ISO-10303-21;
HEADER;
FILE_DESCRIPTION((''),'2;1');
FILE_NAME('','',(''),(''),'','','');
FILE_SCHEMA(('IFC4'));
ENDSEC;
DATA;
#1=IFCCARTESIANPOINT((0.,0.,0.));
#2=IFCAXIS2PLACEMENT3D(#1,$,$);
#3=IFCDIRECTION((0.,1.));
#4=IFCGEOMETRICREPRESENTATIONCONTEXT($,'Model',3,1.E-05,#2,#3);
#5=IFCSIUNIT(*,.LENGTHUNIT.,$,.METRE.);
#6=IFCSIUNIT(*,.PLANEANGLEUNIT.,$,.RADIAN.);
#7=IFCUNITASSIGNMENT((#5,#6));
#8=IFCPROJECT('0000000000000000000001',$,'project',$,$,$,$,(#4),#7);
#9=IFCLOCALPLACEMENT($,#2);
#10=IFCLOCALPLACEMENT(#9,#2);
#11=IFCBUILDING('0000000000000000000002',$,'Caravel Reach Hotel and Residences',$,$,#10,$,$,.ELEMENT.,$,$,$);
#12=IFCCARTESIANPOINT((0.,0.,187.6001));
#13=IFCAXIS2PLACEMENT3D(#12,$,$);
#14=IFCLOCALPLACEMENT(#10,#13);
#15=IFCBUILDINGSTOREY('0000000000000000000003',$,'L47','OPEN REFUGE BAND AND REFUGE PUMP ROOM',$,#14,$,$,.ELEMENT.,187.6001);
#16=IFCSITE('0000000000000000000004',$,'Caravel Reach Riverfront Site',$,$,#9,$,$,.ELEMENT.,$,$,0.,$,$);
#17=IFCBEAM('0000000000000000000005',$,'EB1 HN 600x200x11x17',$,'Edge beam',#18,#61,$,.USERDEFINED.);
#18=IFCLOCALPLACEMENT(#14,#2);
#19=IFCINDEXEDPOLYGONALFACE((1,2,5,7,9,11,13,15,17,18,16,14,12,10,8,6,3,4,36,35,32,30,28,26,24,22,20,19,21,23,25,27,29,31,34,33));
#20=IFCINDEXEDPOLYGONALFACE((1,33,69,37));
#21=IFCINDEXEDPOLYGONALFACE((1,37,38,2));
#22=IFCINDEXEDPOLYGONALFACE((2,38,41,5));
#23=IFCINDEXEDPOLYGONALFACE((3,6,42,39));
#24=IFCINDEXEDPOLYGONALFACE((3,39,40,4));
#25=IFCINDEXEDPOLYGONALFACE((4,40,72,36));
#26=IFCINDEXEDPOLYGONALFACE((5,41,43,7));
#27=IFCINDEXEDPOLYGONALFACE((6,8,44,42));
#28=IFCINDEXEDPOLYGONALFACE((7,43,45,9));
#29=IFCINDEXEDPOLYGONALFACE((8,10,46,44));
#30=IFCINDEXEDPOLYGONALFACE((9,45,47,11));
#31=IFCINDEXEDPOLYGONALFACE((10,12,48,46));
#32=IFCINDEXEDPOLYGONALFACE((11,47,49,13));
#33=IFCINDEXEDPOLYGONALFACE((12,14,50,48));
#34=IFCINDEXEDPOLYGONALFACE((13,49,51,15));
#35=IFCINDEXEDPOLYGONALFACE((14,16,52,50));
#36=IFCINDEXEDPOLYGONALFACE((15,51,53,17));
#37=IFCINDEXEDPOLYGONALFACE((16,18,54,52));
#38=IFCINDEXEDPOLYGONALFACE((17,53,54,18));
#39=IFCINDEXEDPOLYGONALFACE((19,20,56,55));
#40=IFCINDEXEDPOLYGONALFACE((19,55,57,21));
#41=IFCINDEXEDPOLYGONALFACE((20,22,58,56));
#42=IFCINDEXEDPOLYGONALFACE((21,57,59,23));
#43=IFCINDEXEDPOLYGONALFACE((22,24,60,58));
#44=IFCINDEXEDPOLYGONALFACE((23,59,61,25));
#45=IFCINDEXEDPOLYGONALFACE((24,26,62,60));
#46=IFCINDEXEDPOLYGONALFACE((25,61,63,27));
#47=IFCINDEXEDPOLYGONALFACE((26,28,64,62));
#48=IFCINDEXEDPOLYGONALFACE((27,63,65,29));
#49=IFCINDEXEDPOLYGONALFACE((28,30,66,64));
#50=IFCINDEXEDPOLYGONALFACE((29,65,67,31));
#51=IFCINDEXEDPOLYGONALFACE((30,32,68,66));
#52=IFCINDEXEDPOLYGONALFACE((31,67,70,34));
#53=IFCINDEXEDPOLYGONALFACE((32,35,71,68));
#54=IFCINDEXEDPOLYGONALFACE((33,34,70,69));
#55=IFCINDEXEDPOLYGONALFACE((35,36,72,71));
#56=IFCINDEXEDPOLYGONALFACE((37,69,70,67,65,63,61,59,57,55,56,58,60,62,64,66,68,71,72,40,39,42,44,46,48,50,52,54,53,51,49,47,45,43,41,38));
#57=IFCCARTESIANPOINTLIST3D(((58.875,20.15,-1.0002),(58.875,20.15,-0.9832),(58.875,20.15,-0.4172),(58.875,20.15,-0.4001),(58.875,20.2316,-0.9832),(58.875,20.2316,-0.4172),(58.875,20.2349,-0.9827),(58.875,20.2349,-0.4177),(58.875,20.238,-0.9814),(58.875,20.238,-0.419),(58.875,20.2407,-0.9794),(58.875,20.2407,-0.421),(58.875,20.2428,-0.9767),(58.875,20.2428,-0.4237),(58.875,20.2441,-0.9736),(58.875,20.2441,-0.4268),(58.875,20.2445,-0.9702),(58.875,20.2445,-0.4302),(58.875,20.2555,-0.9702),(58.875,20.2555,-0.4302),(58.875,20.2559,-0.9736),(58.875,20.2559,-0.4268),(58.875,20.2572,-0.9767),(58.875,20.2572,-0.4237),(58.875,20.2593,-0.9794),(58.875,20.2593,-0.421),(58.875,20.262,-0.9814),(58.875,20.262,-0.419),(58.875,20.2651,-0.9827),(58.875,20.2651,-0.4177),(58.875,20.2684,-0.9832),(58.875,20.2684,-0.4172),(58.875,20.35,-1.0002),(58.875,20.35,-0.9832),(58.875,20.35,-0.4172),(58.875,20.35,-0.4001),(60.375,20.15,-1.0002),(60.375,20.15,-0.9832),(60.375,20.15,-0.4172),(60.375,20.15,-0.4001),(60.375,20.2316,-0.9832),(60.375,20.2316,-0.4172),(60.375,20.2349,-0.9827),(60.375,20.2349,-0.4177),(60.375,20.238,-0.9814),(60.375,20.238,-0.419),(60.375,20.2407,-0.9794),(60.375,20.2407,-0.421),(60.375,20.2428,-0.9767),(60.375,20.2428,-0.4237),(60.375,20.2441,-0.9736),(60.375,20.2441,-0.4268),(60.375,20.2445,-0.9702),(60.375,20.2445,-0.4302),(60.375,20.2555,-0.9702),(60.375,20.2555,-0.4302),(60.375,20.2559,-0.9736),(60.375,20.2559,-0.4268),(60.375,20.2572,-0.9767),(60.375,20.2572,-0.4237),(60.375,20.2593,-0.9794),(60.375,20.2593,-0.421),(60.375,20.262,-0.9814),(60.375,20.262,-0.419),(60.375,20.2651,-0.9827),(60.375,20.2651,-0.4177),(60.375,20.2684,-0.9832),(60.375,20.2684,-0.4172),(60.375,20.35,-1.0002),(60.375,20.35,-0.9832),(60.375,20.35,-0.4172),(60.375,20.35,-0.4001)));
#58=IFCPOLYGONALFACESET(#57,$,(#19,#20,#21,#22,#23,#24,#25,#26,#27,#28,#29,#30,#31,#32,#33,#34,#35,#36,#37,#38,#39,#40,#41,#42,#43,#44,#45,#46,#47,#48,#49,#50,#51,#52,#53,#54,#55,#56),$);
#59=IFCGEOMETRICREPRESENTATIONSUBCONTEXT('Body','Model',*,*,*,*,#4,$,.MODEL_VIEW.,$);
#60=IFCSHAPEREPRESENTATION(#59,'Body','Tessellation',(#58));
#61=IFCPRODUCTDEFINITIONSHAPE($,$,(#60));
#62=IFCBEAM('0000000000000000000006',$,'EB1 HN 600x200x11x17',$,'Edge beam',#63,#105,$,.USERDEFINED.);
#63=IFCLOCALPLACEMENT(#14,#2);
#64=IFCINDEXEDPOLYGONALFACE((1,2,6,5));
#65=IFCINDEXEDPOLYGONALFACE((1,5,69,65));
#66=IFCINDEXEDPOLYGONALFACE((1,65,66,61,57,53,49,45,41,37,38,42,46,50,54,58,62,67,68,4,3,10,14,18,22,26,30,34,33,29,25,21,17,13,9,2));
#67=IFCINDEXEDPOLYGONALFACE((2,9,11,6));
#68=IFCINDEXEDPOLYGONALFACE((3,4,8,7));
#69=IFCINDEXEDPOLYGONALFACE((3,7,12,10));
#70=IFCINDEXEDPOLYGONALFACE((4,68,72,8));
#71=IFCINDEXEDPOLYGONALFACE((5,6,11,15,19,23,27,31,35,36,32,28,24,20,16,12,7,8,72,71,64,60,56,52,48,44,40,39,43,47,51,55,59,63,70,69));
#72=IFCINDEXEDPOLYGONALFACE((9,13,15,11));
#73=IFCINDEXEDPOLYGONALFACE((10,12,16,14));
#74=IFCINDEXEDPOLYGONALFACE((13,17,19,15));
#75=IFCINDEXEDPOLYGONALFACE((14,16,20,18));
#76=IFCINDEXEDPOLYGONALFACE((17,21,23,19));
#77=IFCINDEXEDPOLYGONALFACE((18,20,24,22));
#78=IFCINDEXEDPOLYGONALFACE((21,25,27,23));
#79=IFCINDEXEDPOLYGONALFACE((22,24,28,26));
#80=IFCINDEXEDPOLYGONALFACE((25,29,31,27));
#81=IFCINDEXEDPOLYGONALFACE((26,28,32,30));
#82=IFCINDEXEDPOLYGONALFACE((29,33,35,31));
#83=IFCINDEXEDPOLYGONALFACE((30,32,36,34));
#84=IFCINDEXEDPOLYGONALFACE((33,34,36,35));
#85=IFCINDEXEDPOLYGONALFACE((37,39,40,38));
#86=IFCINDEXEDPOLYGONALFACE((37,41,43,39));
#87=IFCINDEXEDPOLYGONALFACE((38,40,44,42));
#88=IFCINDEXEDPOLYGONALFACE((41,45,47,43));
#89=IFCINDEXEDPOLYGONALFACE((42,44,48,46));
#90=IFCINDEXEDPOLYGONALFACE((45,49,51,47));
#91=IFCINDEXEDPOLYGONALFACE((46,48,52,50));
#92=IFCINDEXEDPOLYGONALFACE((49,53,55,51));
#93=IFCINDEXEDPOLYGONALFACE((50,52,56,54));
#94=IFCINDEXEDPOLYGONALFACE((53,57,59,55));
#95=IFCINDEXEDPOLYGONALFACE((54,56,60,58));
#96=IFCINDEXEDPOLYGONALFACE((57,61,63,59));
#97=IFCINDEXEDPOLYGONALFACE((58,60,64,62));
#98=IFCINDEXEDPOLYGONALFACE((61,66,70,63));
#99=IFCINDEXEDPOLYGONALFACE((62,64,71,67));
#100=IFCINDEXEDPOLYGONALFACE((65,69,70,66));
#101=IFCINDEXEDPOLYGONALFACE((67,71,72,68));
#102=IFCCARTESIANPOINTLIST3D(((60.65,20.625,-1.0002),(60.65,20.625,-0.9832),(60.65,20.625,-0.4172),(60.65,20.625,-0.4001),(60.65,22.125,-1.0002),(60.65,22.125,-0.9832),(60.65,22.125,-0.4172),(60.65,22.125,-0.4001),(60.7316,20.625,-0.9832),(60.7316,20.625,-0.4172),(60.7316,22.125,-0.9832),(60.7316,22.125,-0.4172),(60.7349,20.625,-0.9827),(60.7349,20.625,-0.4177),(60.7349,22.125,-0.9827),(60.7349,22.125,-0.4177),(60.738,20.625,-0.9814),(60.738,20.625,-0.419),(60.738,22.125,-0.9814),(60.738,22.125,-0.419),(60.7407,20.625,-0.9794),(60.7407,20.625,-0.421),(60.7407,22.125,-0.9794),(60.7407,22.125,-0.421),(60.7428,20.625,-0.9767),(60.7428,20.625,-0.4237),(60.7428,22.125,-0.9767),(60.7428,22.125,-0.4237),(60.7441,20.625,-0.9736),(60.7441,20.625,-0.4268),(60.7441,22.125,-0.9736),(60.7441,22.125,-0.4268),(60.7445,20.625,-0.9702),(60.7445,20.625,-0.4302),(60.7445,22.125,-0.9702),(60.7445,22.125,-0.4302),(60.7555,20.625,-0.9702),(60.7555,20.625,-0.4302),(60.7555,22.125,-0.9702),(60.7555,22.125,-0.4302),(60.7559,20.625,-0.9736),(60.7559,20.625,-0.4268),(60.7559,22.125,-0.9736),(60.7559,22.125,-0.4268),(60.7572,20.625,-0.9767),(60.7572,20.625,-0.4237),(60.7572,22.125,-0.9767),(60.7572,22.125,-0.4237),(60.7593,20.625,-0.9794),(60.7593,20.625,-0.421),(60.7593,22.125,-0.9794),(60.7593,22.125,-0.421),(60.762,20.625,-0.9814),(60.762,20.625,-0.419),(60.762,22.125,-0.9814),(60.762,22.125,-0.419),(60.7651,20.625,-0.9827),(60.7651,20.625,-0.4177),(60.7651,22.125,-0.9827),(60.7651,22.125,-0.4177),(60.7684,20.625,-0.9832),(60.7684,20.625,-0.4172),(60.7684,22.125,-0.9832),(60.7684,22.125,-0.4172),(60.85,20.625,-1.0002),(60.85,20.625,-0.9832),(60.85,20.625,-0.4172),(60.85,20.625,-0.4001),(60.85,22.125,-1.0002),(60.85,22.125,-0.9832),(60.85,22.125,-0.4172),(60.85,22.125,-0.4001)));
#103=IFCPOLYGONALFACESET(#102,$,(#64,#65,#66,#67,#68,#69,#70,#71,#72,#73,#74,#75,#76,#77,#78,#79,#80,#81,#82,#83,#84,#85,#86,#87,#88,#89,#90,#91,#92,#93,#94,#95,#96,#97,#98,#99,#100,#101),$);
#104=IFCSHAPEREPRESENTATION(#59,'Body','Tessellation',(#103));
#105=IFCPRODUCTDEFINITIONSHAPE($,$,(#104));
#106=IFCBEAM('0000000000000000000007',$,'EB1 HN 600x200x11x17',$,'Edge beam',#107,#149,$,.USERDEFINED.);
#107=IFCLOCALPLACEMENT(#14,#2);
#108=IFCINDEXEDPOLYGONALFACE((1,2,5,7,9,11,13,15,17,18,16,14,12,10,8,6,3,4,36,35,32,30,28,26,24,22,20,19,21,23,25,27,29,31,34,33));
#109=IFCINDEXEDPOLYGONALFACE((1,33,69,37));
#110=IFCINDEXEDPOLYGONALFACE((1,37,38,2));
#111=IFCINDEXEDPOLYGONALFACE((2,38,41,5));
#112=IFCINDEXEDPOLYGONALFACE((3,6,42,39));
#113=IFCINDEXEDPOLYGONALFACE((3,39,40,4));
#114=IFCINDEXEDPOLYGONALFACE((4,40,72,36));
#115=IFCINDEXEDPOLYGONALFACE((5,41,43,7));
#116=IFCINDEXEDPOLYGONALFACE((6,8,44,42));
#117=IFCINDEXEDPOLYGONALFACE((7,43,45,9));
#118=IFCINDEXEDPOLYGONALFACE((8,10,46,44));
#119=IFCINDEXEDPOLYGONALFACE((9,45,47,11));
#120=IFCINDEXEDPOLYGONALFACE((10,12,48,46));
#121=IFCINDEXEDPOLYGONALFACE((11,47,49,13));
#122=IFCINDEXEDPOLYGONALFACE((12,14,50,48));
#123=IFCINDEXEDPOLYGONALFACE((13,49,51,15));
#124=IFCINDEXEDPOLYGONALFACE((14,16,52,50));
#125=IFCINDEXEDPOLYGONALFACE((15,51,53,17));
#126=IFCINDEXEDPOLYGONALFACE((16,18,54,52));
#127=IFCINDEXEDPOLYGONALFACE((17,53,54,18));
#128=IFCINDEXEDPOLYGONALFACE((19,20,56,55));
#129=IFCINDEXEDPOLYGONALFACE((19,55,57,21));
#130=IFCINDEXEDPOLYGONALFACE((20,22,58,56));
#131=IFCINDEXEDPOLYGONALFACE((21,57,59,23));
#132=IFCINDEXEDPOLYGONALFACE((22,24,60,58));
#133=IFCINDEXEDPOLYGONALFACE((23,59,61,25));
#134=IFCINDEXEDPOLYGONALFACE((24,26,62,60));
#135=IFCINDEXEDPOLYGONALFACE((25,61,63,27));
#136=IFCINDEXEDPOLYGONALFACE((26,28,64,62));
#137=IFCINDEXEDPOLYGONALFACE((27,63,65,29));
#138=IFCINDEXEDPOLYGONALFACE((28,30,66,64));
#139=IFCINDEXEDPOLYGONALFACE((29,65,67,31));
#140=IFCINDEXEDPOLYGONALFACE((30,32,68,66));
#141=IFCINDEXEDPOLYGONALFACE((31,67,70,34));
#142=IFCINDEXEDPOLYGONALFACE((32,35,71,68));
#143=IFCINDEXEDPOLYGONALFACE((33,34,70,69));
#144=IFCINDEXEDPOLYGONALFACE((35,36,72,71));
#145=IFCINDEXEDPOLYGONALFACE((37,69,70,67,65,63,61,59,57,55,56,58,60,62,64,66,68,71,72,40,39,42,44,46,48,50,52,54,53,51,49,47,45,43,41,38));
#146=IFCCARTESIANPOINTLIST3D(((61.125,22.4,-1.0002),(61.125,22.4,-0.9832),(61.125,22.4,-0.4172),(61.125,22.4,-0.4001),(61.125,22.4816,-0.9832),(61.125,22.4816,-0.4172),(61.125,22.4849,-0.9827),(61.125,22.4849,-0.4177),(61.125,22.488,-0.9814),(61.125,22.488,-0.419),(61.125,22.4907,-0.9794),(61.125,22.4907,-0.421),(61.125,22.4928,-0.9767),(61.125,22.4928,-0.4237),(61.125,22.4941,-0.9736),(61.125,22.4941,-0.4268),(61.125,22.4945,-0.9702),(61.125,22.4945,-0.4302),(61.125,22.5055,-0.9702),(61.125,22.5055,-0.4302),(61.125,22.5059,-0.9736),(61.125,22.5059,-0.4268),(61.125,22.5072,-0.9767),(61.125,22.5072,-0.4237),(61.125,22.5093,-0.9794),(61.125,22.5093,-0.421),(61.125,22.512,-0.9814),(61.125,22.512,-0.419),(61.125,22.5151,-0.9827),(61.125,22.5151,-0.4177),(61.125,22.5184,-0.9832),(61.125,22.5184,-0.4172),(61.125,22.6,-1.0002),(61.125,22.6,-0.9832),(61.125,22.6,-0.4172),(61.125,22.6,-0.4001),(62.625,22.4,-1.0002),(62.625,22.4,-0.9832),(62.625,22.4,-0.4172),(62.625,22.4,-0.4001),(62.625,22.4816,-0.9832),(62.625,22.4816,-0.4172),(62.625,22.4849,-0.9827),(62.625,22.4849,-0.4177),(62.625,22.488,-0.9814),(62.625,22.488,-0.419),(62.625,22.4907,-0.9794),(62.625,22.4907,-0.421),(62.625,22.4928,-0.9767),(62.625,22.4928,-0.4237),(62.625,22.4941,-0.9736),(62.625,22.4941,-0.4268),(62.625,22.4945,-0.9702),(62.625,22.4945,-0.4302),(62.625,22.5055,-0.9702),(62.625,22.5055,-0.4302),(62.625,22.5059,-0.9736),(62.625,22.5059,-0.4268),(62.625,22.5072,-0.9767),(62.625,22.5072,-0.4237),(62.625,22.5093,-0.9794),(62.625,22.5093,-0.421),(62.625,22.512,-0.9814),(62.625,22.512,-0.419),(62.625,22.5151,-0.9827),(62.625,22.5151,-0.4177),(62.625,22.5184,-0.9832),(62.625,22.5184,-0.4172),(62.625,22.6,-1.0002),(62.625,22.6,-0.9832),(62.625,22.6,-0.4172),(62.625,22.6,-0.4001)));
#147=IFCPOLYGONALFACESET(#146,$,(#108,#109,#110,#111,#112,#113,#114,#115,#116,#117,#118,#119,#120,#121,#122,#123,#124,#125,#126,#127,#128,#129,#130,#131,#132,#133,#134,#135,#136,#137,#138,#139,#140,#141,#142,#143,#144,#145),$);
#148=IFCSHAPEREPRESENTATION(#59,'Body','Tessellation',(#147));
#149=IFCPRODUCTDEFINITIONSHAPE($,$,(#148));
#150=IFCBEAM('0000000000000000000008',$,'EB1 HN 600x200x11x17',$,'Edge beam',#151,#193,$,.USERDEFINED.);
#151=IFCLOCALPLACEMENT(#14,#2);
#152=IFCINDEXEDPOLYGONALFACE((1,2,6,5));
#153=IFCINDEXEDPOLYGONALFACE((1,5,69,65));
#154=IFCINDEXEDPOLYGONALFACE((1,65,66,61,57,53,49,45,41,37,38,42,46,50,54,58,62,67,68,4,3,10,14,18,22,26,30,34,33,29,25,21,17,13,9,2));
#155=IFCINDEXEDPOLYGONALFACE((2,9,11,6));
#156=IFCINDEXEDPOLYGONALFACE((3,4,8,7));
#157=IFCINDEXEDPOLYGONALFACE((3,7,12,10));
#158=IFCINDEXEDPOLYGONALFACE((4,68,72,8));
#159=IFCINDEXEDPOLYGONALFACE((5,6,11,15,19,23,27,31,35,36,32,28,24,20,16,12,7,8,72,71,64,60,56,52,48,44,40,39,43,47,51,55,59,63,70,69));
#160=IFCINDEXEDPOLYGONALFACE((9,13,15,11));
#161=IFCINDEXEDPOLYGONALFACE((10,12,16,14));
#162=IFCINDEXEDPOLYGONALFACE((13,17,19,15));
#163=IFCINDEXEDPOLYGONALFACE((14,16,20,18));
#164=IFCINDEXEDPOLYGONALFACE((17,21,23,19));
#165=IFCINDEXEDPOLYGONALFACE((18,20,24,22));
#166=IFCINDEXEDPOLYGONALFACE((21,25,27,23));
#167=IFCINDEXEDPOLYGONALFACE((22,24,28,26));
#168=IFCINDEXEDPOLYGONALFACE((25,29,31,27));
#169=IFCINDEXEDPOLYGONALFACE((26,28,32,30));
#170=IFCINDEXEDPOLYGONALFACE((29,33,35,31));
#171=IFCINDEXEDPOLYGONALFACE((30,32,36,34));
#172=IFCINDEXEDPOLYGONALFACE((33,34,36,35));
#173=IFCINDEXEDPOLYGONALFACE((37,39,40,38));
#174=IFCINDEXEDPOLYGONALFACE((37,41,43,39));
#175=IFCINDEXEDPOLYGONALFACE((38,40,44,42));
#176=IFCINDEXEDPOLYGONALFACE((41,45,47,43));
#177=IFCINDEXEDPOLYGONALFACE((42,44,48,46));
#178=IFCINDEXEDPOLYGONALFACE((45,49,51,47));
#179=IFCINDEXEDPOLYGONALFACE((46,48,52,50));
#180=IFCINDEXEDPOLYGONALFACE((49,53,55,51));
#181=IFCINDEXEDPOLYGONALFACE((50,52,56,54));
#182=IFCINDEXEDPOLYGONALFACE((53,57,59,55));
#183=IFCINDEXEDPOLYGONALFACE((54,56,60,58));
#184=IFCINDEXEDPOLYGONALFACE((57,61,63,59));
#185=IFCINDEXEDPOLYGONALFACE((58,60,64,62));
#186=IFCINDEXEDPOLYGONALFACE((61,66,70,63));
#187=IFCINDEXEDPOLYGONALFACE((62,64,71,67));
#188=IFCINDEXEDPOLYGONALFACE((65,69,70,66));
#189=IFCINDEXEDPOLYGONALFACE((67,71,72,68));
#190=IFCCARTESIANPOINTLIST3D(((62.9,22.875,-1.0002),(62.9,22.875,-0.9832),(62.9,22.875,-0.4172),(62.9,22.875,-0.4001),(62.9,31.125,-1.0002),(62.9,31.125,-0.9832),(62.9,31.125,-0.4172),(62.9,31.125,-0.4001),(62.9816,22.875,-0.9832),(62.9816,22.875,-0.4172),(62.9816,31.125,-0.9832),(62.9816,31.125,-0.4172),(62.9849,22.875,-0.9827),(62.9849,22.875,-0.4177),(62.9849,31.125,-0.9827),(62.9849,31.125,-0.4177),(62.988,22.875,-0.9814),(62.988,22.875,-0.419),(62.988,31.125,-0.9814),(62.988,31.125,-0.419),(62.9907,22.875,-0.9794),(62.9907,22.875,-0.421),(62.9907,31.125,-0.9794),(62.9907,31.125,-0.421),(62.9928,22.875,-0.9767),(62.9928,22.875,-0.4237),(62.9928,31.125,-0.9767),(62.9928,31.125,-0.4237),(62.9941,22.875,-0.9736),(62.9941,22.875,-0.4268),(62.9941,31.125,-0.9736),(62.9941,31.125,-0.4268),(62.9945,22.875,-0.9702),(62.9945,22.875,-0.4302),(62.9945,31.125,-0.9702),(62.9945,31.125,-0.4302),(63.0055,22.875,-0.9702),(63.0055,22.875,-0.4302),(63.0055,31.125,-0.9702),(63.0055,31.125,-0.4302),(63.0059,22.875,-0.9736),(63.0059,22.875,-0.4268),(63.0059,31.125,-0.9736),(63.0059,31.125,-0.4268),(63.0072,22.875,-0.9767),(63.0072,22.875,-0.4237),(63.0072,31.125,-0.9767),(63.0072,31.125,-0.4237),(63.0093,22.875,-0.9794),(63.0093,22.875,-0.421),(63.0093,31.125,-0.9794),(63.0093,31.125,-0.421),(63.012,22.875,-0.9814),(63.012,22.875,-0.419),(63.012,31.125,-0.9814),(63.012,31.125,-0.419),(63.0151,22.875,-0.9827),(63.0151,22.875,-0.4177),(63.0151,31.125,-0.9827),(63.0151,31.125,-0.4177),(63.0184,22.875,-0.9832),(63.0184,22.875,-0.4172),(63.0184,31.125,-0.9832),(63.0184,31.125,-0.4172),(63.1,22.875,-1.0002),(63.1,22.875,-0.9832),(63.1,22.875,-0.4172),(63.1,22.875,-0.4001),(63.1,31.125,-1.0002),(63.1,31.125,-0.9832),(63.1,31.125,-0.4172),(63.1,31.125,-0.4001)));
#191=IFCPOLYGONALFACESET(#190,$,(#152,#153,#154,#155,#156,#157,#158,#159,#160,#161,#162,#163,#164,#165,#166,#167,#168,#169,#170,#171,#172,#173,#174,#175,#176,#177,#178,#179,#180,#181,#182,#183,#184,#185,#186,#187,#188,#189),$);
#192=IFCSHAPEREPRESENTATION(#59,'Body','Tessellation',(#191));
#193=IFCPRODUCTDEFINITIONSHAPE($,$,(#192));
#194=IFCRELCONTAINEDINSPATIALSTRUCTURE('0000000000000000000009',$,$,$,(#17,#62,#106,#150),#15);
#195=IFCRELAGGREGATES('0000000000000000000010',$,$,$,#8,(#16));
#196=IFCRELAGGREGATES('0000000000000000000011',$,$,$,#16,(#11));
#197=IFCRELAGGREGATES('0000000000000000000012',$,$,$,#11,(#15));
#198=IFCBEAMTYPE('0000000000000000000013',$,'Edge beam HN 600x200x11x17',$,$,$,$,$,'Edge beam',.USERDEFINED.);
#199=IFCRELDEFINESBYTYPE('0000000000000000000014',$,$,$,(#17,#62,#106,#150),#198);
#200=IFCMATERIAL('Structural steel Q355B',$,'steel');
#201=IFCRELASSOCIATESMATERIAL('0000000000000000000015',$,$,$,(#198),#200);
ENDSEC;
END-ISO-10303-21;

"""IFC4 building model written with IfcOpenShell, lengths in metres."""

from ifc_helpers import new_model, si_unit, direction, frame, origin, origin_2d, place, context, subcontext, project, spatial, i_section, extrude, material, material_profile, profile_set, type_object, element, save


model = new_model("IFC4")

# Units and contexts
model_context = context("Model", 3, precision=1e-05, world=origin(), true_north=direction((0.0, 1.0)))
body_context = subcontext(model_context, "Body", "Model", "MODEL_VIEW")
ifc_project = project(units=[si_unit("LENGTHUNIT", "METRE"), si_unit("PLANEANGLEUNIT", "RADIAN")], contexts=[model_context])

# Site, building, storey
site_placement = place(None, origin())
site = spatial("IfcSite", under=ifc_project, at=site_placement, Name="Caravel Reach Riverfront Site", CompositionType="ELEMENT", RefElevation=0.0)
building_placement = place(site_placement, origin())
building = spatial("IfcBuilding", under=site, at=building_placement, Name="Caravel Reach Hotel and Residences", CompositionType="ELEMENT")
storey_placement = place(building_placement, frame((0.0, 0.0, 187.6001)))
storey = spatial("IfcBuildingStorey", under=building, at=storey_placement, Name="L47", Description="OPEN REFUGE BAND AND REFUGE PUMP ROOM", CompositionType="ELEMENT", Elevation=187.6001)

# Beams
ifc_material_1 = material(Name="Structural steel Q355B", Category="steel")
ifc_material_profile_1 = material_profile(ifc_material_1, i_section(OverallWidth=0.2, OverallDepth=0.6001, WebThickness=0.011, FlangeThickness=0.0171, FilletRadius=0.0129, at=origin_2d()), Name="HN 600x200x11x17")
ifc_profile_set_1 = profile_set([ifc_material_profile_1], Name="Structural steel Q355B")
beam_type_1 = type_object("IfcBeamType", Name="Edge beam HN 600x200x11x17", ElementType="Edge beam", PredefinedType="USERDEFINED", material=ifc_profile_set_1)
for number, where, z_axis, x_axis, name in (
    (1, (58.875, 20.25, -0.7002), (1.0, 0.0, 0.0), (0.0, 1.0, 0.0), "EB1 HN 600x200x11x17"),
    (2, (60.75, 20.625, -0.7002), (0.0, 1.0, 0.0), (-1.0, 0.0, 0.0), "EB1 HN 600x200x11x17"),
    (3, (61.125, 22.5, -0.7002), (1.0, 0.0, 0.0), (0.0, 1.0, 0.0), "EB1 HN 600x200x11x17"),
):
    element("IfcBeam", number, at=place(storey_placement, frame(where, z_axis=z_axis, x_axis=x_axis)), inside=storey, type_object=beam_type_1, Name=name, ObjectType="Edge beam", PredefinedType="USERDEFINED", context=body_context, shape_type="SweptSolid", body=[
        extrude(i_section(OverallWidth=0.2, OverallDepth=0.6001, WebThickness=0.011, FlangeThickness=0.0171, FilletRadius=0.0129, at=origin_2d()), origin(), (0.0, 0.0, 1.0), 1.5),
    ])
beam_1_placement = place(storey_placement, frame((63.0, 22.875, -0.7002), z_axis=(0.0, 1.0, 0.0), x_axis=(-1.0, 0.0, 0.0)))
element("IfcBeam", 4, at=beam_1_placement, inside=storey, type_object=beam_type_1, Name="EB1 HN 600x200x11x17", ObjectType="Edge beam", PredefinedType="USERDEFINED", context=body_context, shape_type="SweptSolid", body=[
    extrude(i_section(OverallWidth=0.2, OverallDepth=0.6001, WebThickness=0.011, FlangeThickness=0.0171, FilletRadius=0.0129, at=origin_2d()), origin(), (0.0, 0.0, 1.0), 8.25),
])

save(model, "model.ifc")
